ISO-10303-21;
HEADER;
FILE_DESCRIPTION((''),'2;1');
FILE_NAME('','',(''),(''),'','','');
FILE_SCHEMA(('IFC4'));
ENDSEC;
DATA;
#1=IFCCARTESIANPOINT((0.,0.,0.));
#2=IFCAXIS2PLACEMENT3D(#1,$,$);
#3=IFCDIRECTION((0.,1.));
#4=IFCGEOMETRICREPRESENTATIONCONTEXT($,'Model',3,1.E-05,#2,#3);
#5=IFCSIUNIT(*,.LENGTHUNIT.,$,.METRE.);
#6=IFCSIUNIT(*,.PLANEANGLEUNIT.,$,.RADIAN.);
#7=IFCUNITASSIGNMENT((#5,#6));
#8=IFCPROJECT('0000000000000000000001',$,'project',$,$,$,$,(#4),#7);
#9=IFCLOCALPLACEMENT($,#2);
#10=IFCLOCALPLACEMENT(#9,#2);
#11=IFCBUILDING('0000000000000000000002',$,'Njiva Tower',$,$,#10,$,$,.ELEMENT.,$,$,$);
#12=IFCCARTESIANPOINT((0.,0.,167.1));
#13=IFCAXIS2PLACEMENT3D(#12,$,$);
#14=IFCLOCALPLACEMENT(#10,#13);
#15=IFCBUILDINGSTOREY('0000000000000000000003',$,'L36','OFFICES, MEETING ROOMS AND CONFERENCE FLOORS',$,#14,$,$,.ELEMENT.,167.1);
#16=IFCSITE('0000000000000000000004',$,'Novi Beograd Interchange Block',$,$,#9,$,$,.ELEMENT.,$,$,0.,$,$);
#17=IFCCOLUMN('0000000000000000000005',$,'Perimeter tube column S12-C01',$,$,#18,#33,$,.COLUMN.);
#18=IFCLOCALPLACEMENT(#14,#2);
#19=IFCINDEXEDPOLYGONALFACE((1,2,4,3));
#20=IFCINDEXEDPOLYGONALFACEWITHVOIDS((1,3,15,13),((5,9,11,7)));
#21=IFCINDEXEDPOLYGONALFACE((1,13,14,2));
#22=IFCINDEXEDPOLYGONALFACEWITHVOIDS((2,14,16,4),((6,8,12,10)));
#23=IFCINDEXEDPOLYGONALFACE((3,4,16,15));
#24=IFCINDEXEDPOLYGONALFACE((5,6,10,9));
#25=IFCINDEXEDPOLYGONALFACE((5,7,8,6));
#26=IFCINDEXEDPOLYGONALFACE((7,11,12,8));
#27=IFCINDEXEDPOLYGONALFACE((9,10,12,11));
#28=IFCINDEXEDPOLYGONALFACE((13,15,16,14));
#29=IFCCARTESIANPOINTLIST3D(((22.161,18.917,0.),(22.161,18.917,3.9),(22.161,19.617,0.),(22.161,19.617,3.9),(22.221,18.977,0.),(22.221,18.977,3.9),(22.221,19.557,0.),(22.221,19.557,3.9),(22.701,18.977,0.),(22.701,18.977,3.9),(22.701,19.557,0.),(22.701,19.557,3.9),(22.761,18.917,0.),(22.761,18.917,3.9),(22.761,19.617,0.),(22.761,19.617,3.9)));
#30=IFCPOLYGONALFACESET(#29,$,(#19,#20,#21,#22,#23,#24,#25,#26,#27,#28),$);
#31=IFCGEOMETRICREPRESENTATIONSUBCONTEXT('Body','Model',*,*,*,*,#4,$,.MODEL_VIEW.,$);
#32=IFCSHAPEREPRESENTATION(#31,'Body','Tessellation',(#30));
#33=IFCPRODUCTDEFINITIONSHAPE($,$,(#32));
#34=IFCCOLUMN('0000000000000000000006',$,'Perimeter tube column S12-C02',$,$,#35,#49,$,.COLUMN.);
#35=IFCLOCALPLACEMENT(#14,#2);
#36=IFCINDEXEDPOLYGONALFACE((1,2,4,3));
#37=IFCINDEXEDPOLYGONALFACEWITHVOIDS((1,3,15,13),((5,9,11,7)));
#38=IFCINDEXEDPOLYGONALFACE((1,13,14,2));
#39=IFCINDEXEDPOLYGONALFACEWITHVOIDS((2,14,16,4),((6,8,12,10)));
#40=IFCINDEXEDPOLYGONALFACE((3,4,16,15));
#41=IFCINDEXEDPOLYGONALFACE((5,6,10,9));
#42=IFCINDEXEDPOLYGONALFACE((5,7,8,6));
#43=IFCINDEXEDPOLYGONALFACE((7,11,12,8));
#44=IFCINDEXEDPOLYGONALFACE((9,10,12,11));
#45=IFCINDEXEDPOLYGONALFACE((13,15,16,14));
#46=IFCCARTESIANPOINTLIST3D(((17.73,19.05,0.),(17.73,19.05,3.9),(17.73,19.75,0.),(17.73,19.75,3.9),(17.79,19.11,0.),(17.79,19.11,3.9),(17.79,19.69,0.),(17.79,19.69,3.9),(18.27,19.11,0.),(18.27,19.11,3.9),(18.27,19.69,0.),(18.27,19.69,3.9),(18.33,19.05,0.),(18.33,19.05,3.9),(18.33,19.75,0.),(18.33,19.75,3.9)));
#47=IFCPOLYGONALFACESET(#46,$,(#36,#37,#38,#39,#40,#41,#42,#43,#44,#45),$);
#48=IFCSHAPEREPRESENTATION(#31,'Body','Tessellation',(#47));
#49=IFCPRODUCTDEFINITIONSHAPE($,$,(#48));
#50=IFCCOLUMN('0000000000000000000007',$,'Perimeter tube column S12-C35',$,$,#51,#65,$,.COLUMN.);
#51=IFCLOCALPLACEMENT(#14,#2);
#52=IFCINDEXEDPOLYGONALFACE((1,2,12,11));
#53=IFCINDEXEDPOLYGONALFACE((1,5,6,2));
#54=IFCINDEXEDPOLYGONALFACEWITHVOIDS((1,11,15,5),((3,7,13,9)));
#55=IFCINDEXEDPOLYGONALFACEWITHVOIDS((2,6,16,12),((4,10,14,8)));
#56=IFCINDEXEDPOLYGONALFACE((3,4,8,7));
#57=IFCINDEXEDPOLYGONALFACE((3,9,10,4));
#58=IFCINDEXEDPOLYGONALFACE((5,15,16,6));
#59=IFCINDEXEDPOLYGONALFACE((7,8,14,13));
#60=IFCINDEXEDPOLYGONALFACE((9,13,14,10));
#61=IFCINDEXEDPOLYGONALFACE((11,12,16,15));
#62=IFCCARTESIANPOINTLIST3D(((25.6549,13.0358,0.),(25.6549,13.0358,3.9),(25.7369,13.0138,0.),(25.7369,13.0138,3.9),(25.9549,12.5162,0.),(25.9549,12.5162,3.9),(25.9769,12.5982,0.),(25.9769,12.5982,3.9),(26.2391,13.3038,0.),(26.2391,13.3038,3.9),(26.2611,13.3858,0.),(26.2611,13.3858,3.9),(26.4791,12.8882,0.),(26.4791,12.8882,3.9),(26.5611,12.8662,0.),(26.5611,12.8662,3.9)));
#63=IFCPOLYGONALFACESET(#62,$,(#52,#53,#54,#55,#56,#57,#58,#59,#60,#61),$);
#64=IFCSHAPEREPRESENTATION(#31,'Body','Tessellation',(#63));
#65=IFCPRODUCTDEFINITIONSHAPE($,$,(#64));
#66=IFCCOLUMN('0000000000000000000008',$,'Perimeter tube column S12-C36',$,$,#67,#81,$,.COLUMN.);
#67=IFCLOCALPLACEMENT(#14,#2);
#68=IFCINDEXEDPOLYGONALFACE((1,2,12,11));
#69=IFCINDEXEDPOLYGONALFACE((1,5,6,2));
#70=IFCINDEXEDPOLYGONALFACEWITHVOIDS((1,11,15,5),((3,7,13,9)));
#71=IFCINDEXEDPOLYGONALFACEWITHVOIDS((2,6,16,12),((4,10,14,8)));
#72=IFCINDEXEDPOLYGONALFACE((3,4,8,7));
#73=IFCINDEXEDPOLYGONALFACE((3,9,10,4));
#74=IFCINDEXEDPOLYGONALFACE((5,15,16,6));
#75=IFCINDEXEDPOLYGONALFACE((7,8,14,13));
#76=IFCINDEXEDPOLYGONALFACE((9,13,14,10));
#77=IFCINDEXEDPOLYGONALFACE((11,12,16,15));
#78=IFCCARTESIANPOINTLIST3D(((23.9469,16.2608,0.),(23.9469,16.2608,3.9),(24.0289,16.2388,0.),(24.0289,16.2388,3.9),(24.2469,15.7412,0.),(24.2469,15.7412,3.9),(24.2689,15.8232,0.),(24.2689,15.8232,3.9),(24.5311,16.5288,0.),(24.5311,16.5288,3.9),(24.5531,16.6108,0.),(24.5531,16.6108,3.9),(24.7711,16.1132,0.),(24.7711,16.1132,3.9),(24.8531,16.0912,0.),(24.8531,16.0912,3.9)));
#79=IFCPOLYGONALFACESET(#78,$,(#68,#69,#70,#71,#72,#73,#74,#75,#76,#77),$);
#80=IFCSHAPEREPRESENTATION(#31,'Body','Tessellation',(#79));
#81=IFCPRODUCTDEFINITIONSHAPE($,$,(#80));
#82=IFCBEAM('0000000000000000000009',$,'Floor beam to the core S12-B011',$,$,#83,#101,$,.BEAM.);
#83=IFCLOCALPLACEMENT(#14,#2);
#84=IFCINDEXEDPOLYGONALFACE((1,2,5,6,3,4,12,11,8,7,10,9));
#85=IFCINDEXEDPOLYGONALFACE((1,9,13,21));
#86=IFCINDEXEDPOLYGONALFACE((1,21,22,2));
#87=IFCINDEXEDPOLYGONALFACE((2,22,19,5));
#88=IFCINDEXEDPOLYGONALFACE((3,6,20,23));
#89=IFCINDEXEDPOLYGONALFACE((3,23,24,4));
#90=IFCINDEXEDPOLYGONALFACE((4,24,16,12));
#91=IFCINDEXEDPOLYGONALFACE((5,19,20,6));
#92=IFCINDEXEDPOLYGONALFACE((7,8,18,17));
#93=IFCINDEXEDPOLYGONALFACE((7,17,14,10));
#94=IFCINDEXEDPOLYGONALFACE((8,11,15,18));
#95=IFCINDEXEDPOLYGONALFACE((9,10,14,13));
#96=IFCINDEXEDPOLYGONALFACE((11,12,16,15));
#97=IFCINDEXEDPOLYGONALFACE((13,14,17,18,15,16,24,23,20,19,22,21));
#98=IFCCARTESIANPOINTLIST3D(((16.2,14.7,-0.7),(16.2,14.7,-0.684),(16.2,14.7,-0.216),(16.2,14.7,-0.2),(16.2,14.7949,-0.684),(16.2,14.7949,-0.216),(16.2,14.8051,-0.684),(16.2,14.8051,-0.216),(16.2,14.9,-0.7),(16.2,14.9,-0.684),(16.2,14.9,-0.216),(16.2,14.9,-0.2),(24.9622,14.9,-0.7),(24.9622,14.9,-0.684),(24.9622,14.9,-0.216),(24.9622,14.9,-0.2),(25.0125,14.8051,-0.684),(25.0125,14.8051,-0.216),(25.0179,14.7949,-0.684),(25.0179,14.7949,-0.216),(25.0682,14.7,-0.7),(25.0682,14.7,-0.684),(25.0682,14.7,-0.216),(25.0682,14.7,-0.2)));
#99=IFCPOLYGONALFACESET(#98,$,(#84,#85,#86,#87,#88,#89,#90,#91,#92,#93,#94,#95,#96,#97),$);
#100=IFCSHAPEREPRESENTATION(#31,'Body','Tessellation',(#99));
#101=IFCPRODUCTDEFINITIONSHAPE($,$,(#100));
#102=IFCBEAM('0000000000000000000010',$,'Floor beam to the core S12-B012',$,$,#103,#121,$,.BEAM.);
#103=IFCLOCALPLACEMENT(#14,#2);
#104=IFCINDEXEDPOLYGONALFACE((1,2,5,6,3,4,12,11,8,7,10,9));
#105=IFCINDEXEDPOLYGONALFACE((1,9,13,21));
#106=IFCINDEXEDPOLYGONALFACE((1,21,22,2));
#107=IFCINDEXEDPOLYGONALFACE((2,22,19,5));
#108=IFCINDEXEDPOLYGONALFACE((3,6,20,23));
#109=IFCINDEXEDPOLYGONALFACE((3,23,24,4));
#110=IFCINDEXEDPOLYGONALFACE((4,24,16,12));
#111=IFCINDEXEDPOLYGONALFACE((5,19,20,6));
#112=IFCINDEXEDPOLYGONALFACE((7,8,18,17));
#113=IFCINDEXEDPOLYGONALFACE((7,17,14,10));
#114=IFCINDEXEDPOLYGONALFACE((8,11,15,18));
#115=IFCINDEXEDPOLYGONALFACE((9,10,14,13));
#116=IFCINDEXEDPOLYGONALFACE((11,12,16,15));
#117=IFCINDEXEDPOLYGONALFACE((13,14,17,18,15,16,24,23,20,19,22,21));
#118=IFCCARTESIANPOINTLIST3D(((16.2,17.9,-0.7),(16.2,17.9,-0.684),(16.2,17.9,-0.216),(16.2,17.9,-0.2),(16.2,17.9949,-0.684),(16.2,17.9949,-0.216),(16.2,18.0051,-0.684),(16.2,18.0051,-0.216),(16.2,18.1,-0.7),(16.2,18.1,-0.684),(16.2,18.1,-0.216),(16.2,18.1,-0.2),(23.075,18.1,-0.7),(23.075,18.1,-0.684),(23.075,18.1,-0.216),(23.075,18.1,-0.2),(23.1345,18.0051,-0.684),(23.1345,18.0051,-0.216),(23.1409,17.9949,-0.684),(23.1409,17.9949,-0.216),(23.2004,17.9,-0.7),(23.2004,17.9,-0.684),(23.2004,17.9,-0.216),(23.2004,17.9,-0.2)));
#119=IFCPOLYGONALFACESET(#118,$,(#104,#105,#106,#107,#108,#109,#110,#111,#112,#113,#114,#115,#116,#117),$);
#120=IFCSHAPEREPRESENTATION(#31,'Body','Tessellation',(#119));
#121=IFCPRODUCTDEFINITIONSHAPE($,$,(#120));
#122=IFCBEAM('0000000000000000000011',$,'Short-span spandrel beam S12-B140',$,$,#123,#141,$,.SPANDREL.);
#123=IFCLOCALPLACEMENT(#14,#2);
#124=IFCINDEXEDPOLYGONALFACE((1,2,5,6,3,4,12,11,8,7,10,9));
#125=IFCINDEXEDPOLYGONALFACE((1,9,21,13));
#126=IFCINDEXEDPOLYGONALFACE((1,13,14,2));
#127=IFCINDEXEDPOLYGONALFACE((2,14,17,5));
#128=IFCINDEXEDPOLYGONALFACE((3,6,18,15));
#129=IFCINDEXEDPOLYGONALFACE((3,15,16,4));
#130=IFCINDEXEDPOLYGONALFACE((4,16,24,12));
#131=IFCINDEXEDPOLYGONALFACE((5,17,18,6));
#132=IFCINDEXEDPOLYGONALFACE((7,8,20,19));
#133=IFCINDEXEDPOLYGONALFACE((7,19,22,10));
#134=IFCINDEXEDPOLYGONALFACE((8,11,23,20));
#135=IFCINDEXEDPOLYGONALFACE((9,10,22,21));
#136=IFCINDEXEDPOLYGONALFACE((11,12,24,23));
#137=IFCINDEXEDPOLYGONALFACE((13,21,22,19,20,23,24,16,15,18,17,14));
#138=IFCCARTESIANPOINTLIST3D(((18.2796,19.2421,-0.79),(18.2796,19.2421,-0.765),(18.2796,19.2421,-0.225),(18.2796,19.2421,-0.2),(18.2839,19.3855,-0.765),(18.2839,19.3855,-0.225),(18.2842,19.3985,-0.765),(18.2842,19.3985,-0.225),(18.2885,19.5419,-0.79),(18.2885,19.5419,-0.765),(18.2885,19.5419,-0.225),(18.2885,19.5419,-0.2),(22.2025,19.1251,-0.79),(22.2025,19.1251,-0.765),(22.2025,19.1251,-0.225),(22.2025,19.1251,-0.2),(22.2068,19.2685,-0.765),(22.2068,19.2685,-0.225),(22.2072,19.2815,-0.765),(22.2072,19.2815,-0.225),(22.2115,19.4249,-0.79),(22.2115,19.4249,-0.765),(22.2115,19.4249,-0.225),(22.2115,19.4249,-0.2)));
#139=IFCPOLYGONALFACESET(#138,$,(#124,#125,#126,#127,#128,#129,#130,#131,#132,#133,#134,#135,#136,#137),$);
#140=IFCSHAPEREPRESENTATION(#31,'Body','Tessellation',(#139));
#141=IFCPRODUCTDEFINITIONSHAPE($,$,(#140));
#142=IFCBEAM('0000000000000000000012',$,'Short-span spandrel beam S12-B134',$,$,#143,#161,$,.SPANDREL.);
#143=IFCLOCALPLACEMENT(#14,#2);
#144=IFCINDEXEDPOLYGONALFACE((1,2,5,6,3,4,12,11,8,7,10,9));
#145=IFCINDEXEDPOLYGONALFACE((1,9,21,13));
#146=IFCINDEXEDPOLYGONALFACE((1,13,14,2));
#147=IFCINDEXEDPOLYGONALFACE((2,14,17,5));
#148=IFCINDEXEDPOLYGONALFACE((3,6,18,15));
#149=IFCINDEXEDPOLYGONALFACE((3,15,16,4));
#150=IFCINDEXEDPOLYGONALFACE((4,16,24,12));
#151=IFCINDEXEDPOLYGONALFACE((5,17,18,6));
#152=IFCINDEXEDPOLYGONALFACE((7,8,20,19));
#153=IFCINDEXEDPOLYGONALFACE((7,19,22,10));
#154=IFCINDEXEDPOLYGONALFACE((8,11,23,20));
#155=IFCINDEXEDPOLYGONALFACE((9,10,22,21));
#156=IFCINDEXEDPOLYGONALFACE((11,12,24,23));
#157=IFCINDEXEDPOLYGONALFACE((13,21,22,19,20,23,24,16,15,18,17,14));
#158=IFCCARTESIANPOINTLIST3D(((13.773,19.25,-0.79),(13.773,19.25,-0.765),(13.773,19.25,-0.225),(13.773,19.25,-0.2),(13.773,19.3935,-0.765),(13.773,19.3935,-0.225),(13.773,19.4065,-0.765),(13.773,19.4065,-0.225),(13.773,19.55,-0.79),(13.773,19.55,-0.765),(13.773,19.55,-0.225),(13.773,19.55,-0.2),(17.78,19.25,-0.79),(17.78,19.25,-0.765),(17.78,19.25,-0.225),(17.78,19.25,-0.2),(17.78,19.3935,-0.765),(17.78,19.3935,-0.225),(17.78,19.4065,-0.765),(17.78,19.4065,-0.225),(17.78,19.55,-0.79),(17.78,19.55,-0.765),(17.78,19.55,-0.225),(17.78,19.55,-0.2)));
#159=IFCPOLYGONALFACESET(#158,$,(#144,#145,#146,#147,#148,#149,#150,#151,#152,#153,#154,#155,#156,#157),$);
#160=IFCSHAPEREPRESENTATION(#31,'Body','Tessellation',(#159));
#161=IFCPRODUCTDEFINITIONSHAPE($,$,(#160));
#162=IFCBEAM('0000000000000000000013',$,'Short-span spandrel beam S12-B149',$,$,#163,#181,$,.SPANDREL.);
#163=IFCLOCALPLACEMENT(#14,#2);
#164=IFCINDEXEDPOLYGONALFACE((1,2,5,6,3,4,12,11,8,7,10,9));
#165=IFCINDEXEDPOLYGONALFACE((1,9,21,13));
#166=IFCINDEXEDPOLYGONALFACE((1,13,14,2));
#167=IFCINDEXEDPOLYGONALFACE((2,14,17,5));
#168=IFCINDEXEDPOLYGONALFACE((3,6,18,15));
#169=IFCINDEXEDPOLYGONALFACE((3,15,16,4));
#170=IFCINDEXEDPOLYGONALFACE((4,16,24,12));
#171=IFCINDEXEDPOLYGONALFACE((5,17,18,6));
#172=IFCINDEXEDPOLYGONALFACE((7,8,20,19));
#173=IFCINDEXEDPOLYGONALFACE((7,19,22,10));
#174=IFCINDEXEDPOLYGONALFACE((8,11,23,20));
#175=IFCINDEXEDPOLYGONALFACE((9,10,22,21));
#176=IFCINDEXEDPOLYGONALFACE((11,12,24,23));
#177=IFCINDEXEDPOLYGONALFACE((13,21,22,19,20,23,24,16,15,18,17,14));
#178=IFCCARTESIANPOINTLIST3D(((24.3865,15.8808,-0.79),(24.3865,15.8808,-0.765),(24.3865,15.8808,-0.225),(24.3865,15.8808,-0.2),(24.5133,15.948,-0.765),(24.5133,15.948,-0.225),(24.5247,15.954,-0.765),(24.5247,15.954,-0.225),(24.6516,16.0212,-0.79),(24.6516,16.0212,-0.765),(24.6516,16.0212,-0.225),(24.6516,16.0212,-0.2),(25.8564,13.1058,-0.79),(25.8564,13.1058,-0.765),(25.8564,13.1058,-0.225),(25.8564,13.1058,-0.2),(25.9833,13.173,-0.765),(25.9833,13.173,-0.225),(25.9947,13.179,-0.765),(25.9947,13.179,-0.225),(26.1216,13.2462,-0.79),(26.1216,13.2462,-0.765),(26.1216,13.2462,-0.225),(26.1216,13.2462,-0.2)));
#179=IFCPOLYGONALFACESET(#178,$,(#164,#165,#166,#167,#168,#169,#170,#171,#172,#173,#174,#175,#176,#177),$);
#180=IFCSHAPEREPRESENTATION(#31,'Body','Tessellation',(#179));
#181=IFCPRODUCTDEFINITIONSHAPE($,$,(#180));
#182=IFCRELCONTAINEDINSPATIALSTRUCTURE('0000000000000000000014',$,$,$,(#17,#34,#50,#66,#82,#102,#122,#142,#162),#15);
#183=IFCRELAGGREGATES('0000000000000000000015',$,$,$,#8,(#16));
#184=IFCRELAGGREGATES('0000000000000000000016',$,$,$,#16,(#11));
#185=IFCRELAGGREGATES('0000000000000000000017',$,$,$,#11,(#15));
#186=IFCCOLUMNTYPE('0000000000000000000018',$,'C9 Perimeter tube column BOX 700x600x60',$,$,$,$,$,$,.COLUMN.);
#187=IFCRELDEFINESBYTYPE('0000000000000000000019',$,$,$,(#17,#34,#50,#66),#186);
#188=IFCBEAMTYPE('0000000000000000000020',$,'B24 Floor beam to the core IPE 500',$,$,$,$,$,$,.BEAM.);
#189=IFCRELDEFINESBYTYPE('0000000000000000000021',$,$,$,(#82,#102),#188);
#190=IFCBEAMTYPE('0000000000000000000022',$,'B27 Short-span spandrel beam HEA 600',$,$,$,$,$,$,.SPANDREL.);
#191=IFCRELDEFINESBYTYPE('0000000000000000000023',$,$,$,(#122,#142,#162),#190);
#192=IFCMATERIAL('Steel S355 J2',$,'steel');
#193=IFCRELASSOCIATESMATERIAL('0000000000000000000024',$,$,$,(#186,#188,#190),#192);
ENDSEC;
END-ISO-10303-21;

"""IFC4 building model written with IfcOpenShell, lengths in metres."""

from ifc_helpers import new_model, si_unit, direction, frame, origin, origin_2d, place, context, subcontext, project, spatial, hollow_rectangle, i_section, extrude, clip, halfspace, material, material_profile, profile_set, type_object, element, save


model = new_model("IFC4")

# Units and contexts
model_context = context("Model", 3, precision=1e-05, world=origin(), true_north=direction((0.0, 1.0)))
body_context = subcontext(model_context, "Body", "Model", "MODEL_VIEW")
ifc_project = project(units=[si_unit("LENGTHUNIT", "METRE"), si_unit("PLANEANGLEUNIT", "RADIAN")], contexts=[model_context])

# Site, building, storey
site_placement = place(None, origin())
site = spatial("IfcSite", under=ifc_project, at=site_placement, Name="Novi Beograd Interchange Block", CompositionType="ELEMENT", RefElevation=0.0)
building_placement = place(site_placement, origin())
building = spatial("IfcBuilding", under=site, at=building_placement, Name="Njiva Tower", CompositionType="ELEMENT")
storey_placement = place(building_placement, frame((0.0, 0.0, 167.1)))
storey = spatial("IfcBuildingStorey", under=building, at=storey_placement, Name="L36", Description="OFFICES, MEETING ROOMS AND CONFERENCE FLOORS", CompositionType="ELEMENT", Elevation=167.1)

# Columns
ifc_material_1 = material(Name="Steel S355 J2", Category="steel")
ifc_material_profile_1 = material_profile(ifc_material_1, hollow_rectangle(XDim=0.6, YDim=0.7, WallThickness=0.06, at=origin_2d()), Name="BOX 700x600x60")
ifc_profile_set_1 = profile_set([ifc_material_profile_1], Name="Steel S355 J2")
column_type = type_object("IfcColumnType", Name="C9 Perimeter tube column BOX 700x600x60", PredefinedType="COLUMN", material=ifc_profile_set_1)
for number, where, z_axis, x_axis, name in (
    (1, (22.461, 19.267, 0.0), (0.0, 0.0, 1.0), (-1.0, 0.0, 0.0), "Perimeter tube column S12-C01"),
    (2, (18.03, 19.4, 0.0), (0.0, 0.0, 1.0), (-1.0, 0.0, 0.0), "Perimeter tube column S12-C02"),
    (3, (26.108, 12.951, 0.0), (0.0, 0.0, 1.0), (-0.5, 0.866025, 0.0), "Perimeter tube column S12-C35"),
    (4, (24.4, 16.176, 0.0), (0.0, 0.0, 1.0), (-0.5, 0.866025, 0.0), "Perimeter tube column S12-C36"),
):
    element("IfcColumn", number, at=place(storey_placement, frame(where, z_axis=z_axis, x_axis=x_axis)), inside=storey, type_object=column_type, Name=name, PredefinedType="COLUMN", context=body_context, shape_type="SweptSolid", body=[
        extrude(hollow_rectangle(XDim=0.6, YDim=0.7, WallThickness=0.06, at=origin_2d()), origin(), (0.0, 0.0, 1.0), 3.9),
    ])

# Beams
ifc_material_profile_2 = material_profile(ifc_material_1, i_section(OverallWidth=0.2, OverallDepth=0.5, WebThickness=0.0102, FlangeThickness=0.016, at=origin_2d()), Name="IPE 500")
ifc_profile_set_2 = profile_set([ifc_material_profile_2], Name="Steel S355 J2")
beam_type_1 = type_object("IfcBeamType", Name="B24 Floor beam to the core IPE 500", PredefinedType="BEAM", material=ifc_profile_set_2)
beam_1_placement = place(storey_placement, frame((16.2, 14.8, -0.45), z_axis=(1.0, 0.0, 0.0), x_axis=(0.0, 1.0, 0.0)))
element("IfcBeam", 5, at=beam_1_placement, inside=storey, type_object=beam_type_1, Name="Floor beam to the core S12-B011", PredefinedType="BEAM", context=body_context, shape_type="Clipping", body=[
    clip(extrude(i_section(OverallWidth=0.2, OverallDepth=0.5, WebThickness=0.0102, FlangeThickness=0.016, at=origin_2d()), origin(), (0.0, 0.0, 1.0), 8.888), halfspace(frame((0.0234, 0.0, 8.8028), z_axis=(0.468071, 0.0, 0.883691), x_axis=(0.0, 1.0, 0.0)), False)),
])
beam_2_placement = place(storey_placement, frame((16.2, 18.0, -0.45), z_axis=(1.0, 0.0, 0.0), x_axis=(0.0, 1.0, 0.0)))
element("IfcBeam", 6, at=beam_2_placement, inside=storey, type_object=beam_type_1, Name="Floor beam to the core S12-B012", PredefinedType="BEAM", context=body_context, shape_type="Clipping", body=[
    clip(extrude(i_section(OverallWidth=0.2, OverallDepth=0.5, WebThickness=0.0102, FlangeThickness=0.016, at=origin_2d()), origin(), (0.0, 0.0, 1.0), 7.021), halfspace(frame((0.0266, 0.0, 6.921), z_axis=(0.531259, 0.0, 0.847209), x_axis=(0.0, 1.0, 0.0)), False)),
])
ifc_material_profile_3 = material_profile(ifc_material_1, i_section(OverallWidth=0.3, OverallDepth=0.59, WebThickness=0.013, FlangeThickness=0.025, at=origin_2d()), Name="HEA 600")
ifc_profile_set_3 = profile_set([ifc_material_profile_3], Name="Steel S355 J2")
beam_type_2 = type_object("IfcBeamType", Name="B27 Short-span spandrel beam HEA 600", PredefinedType="SPANDREL", material=ifc_profile_set_3)
beam_3_placement = place(storey_placement, frame((22.207, 19.275, -0.495), z_axis=(-0.999556, 0.029811, 0.0), x_axis=(-0.029811, -0.999556, 0.0)))
element("IfcBeam", 7, at=beam_3_placement, inside=storey, type_object=beam_type_2, Name="Short-span spandrel beam S12-B140", PredefinedType="SPANDREL", context=body_context, shape_type="SweptSolid", body=[
    extrude(i_section(OverallWidth=0.3, OverallDepth=0.59, WebThickness=0.013, FlangeThickness=0.025, at=origin_2d()), origin(), (0.0, 0.0, 1.0), 3.9247),
])
beam_4_placement = place(storey_placement, frame((17.78, 19.4, -0.495), z_axis=(-1.0, 0.0, 0.0), x_axis=(0.0, -1.0, 0.0)))
element("IfcBeam", 8, at=beam_4_placement, inside=storey, type_object=beam_type_2, Name="Short-span spandrel beam S12-B134", PredefinedType="SPANDREL", context=body_context, shape_type="SweptSolid", body=[
    extrude(i_section(OverallWidth=0.3, OverallDepth=0.59, WebThickness=0.013, FlangeThickness=0.025, at=origin_2d()), origin(), (0.0, 0.0, 1.0), 4.007),
])
beam_5_placement = place(storey_placement, frame((25.989, 13.176, -0.495), z_axis=(-0.468107, 0.883672, 0.0), x_axis=(-0.883672, -0.468107, 0.0)))
element("IfcBeam", 9, at=beam_5_placement, inside=storey, type_object=beam_type_2, Name="Short-span spandrel beam S12-B149", PredefinedType="SPANDREL", context=body_context, shape_type="SweptSolid", body=[
    extrude(i_section(OverallWidth=0.3, OverallDepth=0.59, WebThickness=0.013, FlangeThickness=0.025, at=origin_2d()), origin(), (0.0, 0.0, 1.0), 3.1403),
])

save(model, "model.ifc")
